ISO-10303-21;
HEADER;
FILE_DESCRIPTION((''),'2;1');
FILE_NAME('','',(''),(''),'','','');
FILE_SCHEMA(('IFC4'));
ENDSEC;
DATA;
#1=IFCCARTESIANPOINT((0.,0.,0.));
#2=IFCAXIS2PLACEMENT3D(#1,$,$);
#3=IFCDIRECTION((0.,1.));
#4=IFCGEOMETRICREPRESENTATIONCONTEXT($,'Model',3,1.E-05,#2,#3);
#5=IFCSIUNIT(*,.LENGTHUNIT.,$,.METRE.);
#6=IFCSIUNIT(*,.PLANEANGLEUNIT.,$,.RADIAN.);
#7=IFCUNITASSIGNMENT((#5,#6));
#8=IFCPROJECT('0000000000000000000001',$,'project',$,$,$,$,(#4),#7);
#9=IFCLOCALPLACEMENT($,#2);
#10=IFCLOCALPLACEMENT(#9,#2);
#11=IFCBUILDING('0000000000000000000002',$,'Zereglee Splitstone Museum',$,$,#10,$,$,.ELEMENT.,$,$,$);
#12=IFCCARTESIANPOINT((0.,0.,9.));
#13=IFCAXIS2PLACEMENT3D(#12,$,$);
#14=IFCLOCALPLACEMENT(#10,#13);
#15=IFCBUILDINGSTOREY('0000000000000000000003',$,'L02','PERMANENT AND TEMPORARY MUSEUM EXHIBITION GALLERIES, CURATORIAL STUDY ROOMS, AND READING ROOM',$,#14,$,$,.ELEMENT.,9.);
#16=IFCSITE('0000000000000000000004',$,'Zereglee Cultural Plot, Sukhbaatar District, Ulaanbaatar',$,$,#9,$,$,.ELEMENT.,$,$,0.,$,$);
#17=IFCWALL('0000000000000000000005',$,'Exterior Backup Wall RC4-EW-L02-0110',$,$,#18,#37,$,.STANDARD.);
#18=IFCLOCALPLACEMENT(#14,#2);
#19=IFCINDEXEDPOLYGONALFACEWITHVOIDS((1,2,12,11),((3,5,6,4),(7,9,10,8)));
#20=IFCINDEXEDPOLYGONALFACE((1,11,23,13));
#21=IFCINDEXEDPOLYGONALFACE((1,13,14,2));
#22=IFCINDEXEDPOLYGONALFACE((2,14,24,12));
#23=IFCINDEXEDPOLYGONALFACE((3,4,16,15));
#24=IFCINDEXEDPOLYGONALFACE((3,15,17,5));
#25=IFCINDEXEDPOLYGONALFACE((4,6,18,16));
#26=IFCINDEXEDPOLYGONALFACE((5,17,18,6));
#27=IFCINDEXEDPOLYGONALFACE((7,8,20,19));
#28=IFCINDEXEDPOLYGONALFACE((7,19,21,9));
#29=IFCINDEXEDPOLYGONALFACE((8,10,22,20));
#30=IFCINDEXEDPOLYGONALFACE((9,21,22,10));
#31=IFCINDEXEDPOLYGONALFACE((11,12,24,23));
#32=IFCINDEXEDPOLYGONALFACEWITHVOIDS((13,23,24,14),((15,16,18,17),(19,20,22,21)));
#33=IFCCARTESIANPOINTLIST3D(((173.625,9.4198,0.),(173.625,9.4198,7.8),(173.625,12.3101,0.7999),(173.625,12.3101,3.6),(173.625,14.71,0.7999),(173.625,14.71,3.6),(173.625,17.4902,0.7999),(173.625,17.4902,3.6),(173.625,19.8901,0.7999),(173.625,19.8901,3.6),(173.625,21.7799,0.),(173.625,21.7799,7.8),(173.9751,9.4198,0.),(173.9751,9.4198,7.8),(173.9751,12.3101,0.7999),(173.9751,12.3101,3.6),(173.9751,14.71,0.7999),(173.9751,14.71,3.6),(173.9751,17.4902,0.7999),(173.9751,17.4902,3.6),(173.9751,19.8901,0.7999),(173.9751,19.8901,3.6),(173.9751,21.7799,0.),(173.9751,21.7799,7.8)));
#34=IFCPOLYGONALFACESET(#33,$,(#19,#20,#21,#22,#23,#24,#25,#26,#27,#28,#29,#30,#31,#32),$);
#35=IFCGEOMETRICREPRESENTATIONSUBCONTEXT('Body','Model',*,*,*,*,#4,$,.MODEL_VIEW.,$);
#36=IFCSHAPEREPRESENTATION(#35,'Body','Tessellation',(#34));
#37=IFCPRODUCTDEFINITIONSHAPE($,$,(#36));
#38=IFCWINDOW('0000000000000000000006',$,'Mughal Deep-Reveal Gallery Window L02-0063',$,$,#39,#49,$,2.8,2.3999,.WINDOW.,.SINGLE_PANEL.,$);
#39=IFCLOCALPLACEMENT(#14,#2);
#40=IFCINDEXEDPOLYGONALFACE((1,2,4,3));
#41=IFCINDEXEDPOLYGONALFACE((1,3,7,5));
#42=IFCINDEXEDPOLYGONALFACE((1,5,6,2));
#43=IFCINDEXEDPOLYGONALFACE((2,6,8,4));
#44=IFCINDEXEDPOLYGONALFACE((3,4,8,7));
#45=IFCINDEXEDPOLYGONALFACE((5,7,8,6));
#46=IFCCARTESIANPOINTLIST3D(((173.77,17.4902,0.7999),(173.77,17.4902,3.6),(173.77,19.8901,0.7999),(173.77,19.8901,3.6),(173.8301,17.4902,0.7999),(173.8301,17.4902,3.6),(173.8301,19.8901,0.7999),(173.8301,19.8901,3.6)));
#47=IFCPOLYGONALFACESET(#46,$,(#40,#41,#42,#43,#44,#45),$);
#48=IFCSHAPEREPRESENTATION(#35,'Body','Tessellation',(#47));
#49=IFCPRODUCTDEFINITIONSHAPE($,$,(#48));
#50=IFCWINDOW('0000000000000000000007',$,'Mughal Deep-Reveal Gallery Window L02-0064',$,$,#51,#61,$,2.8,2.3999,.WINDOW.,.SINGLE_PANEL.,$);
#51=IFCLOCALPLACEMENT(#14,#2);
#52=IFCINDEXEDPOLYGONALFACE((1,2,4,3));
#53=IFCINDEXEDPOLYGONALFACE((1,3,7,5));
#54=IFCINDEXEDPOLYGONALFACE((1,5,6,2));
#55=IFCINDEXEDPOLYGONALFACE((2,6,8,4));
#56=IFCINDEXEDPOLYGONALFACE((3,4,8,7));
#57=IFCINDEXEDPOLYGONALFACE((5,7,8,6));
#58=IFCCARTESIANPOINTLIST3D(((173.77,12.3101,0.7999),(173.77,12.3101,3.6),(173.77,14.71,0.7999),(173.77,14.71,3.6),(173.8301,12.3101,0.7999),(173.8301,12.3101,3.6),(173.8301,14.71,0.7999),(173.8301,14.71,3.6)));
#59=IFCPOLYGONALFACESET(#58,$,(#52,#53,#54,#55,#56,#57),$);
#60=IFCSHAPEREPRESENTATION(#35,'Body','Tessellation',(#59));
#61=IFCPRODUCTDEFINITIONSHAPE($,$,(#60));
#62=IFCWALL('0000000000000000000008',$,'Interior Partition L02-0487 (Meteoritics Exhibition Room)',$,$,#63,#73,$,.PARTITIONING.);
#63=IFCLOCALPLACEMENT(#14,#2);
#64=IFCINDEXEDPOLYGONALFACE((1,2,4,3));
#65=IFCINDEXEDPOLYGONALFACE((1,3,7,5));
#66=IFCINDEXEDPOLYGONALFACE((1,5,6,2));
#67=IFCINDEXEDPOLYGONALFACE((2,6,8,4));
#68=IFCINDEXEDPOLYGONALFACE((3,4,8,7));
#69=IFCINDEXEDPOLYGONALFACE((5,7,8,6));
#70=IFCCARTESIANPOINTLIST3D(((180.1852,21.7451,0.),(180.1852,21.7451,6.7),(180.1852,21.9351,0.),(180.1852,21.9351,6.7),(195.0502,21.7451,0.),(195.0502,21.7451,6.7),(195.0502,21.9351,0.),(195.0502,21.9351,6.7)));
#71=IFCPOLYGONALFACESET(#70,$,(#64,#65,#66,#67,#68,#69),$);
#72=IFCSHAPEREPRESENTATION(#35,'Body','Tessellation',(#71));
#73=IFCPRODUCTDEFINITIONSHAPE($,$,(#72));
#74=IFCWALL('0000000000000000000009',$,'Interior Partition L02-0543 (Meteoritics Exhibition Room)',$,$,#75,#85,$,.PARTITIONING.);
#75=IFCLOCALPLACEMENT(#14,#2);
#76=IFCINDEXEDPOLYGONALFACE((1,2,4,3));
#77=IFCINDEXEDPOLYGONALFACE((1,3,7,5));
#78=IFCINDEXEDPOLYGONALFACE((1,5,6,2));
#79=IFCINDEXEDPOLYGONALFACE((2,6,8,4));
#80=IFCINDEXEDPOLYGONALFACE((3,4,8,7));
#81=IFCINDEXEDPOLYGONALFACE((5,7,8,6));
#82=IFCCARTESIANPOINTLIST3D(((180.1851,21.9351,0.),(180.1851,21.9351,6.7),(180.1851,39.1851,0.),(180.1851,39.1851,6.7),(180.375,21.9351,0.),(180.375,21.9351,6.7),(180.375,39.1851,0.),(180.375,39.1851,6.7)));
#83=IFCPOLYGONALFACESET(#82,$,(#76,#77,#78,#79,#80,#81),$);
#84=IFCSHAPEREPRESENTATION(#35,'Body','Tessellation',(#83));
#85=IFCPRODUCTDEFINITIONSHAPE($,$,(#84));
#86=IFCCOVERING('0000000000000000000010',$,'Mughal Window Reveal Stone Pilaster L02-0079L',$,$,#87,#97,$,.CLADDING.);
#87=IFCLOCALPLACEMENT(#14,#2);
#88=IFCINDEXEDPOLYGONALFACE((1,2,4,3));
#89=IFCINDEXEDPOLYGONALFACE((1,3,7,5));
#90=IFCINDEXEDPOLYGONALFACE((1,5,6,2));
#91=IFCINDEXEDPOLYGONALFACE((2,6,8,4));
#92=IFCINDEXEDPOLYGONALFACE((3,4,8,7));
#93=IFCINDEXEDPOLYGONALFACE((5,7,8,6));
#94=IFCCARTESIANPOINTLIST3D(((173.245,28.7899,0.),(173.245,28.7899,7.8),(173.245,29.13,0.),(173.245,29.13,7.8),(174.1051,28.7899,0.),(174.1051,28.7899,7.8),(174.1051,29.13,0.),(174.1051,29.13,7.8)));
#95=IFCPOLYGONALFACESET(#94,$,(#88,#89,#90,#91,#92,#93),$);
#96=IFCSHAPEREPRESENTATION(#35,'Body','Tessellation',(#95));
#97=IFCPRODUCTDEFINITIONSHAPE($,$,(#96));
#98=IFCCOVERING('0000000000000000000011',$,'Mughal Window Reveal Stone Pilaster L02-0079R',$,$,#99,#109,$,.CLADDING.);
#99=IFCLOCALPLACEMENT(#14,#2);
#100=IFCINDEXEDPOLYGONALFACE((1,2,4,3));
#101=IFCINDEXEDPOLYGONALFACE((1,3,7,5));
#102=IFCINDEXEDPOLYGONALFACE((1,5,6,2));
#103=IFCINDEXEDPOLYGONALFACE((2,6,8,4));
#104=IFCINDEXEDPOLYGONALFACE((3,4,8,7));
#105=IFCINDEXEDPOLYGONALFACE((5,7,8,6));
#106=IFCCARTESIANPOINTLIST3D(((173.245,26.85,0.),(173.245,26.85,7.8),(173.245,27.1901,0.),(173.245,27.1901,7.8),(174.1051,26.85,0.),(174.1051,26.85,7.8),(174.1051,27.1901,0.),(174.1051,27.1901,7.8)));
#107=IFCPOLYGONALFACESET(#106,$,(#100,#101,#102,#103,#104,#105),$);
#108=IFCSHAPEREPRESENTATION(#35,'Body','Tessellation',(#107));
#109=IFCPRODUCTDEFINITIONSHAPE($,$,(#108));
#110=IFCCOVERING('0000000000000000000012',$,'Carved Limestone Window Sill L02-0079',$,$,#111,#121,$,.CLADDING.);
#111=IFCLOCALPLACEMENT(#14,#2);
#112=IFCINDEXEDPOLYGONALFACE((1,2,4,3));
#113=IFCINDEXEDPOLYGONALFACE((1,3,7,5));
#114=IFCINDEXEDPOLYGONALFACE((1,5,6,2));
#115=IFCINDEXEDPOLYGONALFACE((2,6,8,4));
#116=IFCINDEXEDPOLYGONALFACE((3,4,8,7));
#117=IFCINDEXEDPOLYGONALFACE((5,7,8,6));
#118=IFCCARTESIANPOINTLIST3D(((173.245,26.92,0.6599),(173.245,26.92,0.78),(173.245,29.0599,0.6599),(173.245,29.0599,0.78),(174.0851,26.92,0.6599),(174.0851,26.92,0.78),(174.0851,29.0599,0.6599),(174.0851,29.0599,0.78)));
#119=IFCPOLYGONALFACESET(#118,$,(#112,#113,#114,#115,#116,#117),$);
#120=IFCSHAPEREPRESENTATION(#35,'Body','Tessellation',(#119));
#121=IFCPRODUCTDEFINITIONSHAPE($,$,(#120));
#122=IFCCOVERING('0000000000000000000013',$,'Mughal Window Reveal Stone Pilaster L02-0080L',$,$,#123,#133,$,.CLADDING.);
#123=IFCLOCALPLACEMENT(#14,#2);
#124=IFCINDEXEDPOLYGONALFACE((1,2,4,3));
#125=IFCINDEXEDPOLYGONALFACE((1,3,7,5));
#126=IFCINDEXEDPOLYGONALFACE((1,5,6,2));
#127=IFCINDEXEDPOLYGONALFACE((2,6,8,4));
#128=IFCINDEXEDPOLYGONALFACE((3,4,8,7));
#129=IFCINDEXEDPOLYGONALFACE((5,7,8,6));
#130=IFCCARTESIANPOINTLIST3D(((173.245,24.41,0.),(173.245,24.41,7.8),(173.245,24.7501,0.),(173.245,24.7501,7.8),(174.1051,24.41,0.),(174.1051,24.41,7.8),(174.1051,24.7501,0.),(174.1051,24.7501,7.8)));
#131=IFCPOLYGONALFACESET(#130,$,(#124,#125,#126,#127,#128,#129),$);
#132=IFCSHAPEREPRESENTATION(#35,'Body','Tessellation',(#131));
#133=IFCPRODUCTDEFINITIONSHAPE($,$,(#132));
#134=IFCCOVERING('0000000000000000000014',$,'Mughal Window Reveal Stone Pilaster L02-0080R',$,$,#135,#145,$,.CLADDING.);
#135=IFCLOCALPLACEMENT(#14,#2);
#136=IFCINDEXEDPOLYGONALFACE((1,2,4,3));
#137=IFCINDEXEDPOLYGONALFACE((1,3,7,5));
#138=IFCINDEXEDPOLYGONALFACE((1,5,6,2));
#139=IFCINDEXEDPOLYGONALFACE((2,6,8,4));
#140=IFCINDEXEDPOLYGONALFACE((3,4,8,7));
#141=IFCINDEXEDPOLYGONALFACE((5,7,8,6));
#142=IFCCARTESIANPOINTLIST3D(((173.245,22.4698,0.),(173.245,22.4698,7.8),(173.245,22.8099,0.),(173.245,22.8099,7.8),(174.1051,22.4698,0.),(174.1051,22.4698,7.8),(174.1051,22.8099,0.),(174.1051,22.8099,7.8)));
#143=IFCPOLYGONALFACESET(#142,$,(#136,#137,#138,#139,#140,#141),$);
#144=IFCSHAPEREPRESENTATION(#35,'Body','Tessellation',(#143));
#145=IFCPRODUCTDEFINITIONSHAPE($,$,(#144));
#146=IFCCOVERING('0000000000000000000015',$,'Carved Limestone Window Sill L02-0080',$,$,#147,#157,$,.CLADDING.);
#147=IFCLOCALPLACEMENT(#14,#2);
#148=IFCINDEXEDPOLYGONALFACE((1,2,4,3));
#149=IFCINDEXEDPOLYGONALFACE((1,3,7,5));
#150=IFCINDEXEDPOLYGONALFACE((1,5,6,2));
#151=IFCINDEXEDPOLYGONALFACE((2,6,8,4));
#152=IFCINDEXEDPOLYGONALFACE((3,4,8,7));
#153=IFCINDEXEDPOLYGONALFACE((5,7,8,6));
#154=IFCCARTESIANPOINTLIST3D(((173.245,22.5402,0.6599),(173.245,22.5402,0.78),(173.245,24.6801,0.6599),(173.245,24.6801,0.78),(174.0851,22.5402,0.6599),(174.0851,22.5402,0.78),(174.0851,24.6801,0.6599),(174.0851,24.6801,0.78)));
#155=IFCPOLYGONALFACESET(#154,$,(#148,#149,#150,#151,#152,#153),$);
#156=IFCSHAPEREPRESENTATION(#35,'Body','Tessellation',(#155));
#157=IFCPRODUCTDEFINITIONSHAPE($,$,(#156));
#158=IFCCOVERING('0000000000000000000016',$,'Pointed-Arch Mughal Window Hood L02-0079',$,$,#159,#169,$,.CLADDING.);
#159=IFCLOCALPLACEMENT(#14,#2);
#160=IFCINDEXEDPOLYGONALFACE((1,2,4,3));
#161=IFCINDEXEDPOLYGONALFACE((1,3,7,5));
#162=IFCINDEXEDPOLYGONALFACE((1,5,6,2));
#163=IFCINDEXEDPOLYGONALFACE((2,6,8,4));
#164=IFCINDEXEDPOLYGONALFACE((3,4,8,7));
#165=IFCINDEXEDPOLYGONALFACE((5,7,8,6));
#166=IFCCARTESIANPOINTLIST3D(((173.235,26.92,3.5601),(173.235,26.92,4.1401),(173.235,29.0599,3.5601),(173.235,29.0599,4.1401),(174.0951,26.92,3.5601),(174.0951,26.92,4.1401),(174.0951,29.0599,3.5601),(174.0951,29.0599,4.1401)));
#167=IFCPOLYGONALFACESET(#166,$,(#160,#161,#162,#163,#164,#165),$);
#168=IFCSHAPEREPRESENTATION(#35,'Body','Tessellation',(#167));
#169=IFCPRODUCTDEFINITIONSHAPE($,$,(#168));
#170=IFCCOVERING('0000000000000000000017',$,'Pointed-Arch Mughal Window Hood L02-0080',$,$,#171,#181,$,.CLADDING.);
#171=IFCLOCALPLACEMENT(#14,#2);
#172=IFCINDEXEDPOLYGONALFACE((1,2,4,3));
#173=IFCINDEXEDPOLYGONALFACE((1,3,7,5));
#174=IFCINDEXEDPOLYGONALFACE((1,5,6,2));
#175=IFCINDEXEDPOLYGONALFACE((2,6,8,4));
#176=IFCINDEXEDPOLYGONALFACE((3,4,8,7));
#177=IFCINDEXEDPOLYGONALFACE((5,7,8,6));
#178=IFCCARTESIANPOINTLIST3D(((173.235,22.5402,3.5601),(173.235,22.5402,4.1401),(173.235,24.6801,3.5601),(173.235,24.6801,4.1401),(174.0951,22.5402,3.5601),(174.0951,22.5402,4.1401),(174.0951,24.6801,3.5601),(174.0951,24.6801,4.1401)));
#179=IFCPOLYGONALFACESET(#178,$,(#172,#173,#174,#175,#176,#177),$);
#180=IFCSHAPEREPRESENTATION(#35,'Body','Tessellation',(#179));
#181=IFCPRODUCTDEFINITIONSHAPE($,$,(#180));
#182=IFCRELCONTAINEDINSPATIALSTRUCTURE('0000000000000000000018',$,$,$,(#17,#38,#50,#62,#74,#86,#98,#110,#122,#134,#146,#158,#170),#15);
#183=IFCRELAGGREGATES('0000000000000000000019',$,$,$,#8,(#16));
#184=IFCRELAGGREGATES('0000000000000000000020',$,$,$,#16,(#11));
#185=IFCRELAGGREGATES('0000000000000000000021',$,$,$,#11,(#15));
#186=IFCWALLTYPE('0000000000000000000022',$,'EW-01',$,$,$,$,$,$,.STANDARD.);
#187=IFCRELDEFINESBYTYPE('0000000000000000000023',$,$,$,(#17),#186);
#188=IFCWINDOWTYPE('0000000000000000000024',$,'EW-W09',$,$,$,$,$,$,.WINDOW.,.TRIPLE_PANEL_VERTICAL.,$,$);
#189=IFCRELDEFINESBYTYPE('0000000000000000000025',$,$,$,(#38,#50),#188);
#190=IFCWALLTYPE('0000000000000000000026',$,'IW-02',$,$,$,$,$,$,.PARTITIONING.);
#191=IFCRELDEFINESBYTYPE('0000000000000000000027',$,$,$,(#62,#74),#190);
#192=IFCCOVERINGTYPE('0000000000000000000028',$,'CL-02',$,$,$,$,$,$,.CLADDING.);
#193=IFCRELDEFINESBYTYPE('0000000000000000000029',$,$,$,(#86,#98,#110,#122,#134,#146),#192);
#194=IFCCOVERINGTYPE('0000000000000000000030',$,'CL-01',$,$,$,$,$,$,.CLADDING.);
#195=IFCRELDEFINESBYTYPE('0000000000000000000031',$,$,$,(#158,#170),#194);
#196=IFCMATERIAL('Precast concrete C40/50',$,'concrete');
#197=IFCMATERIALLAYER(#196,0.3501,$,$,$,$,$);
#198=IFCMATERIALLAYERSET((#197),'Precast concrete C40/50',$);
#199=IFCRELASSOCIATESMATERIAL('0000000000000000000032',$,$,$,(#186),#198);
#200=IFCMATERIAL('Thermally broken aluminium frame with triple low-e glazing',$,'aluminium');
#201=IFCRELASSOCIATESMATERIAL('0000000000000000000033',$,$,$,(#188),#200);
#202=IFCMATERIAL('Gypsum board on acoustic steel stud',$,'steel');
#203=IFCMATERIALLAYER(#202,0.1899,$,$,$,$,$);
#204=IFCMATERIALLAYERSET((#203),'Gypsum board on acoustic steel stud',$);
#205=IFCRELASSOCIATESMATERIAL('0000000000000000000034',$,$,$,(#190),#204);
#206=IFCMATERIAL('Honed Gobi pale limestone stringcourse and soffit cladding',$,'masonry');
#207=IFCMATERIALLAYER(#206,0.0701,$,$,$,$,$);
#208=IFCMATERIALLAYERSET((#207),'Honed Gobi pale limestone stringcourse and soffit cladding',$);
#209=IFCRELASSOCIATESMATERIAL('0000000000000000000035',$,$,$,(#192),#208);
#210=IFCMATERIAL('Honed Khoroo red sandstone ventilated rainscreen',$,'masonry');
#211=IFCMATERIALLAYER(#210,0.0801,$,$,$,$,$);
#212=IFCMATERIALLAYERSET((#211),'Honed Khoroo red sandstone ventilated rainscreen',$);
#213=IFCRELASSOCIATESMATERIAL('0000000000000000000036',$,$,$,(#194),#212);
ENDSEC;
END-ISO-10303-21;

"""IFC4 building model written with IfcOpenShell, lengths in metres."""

from ifc_helpers import new_model, si_unit, direction, frame, frame_2d, origin, origin_2d, place, context, subcontext, project, spatial, rectangle, extrude, material, layer, layer_set, type_object, element, fill, save


model = new_model("IFC4")

# Units and contexts
model_context = context("Model", 3, precision=1e-05, world=origin(), true_north=direction((0.0, 1.0)))
body_context = subcontext(model_context, "Body", "Model", "MODEL_VIEW")
ifc_project = project(units=[si_unit("LENGTHUNIT", "METRE"), si_unit("PLANEANGLEUNIT", "RADIAN")], contexts=[model_context])

# Site, building, storey
site_placement = place(None, origin())
site = spatial("IfcSite", under=ifc_project, at=site_placement, Name="Zereglee Cultural Plot, Sukhbaatar District, Ulaanbaatar", CompositionType="ELEMENT", RefElevation=0.0)
building_placement = place(site_placement, origin())
building = spatial("IfcBuilding", under=site, at=building_placement, Name="Zereglee Splitstone Museum", CompositionType="ELEMENT")
storey_placement = place(building_placement, frame((0.0, 0.0, 9.0)))
storey = spatial("IfcBuildingStorey", under=building, at=storey_placement, Name="L02", Description="PERMANENT AND TEMPORARY MUSEUM EXHIBITION GALLERIES, CURATORIAL STUDY ROOMS, AND READING ROOM", CompositionType="ELEMENT", Elevation=9.0)

# Wall, openings, windows
ifc_material_1 = material(Name="Precast concrete C40/50", Category="concrete")
ifc_layer_1 = layer(ifc_material_1, 0.3501)
ifc_layer_set_1 = layer_set([ifc_layer_1], Name="Precast concrete C40/50")
wall_type_1 = type_object("IfcWallType", Name="EW-01", PredefinedType="STANDARD", material=ifc_layer_set_1)
wall_1_placement = place(storey_placement, frame((173.8, 21.78, 0.0), z_axis=(0.0, 0.0, 1.0), x_axis=(0.0, -1.0, 0.0)))
wall_1 = element("IfcWall", 1, at=wall_1_placement, inside=storey, type_object=wall_type_1, Name="Exterior Backup Wall RC4-EW-L02-0110", PredefinedType="STANDARD", context=body_context, shape_type="SweptSolid", body=[
    extrude(rectangle(XDim=12.3601, YDim=0.3501, at=frame_2d((6.1802, 0.0))), origin(), (0.0, 0.0, 1.0), 7.8),
])
opening_1_placement = place(wall_1_placement, frame((1.8899, 0.0, 0.8)))
opening_1 = element("IfcOpeningElement", 2, at=opening_1_placement, cuts=wall_1, PredefinedType="OPENING", context=body_context, shape_type="SweptSolid", body=[
    extrude(rectangle(XDim=2.3999, YDim=2.8, at=frame_2d((1.2, 1.3999))), frame((0.0, 0.1899, 0.0), z_axis=(0.0, -1.0, 0.0), x_axis=(1.0, 0.0, 0.0)), (0.0, 0.0, 1.0), 0.3799),
])
opening_2_placement = place(wall_1_placement, frame((7.0701, 0.0, 0.8)))
opening_2 = element("IfcOpeningElement", 3, at=opening_2_placement, cuts=wall_1, PredefinedType="OPENING", context=body_context, shape_type="SweptSolid", body=[
    extrude(rectangle(XDim=2.3999, YDim=2.8, at=frame_2d((1.2, 1.3999))), frame((0.0, 0.1899, 0.0), z_axis=(0.0, -1.0, 0.0), x_axis=(1.0, 0.0, 0.0)), (0.0, 0.0, 1.0), 0.3799),
])
ifc_material_2 = material(Name="Thermally broken aluminium frame with triple low-e glazing", Category="aluminium")
window_type = type_object("IfcWindowType", Name="EW-W09", PartitioningType="TRIPLE_PANEL_VERTICAL", PredefinedType="WINDOW", material=ifc_material_2)
window_1_placement = place(opening_1_placement, origin())
window_1 = element("IfcWindow", 4, at=window_1_placement, inside=storey, type_object=window_type, Name="Mughal Deep-Reveal Gallery Window L02-0063", OverallHeight=2.8, OverallWidth=2.3999, PartitioningType="SINGLE_PANEL", PredefinedType="WINDOW", context=body_context, shape_type="SweptSolid", body=[
    extrude(rectangle(XDim=2.3999, YDim=2.8, at=frame_2d((1.2, 1.3999))), frame((0.0, 0.03, 0.0), z_axis=(0.0, -1.0, 0.0), x_axis=(1.0, 0.0, 0.0)), (0.0, 0.0, 1.0), 0.0601),
])
fill(opening_1, window_1)
window_2_placement = place(opening_2_placement, origin())
window_2 = element("IfcWindow", 5, at=window_2_placement, inside=storey, type_object=window_type, Name="Mughal Deep-Reveal Gallery Window L02-0064", OverallHeight=2.8, OverallWidth=2.3999, PartitioningType="SINGLE_PANEL", PredefinedType="WINDOW", context=body_context, shape_type="SweptSolid", body=[
    extrude(rectangle(XDim=2.3999, YDim=2.8, at=frame_2d((1.2, 1.3999))), frame((0.0, 0.03, 0.0), z_axis=(0.0, -1.0, 0.0), x_axis=(1.0, 0.0, 0.0)), (0.0, 0.0, 1.0), 0.0601),
])
fill(opening_2, window_2)

# Walls
ifc_material_3 = material(Name="Gypsum board on acoustic steel stud", Category="steel")
ifc_layer_2 = layer(ifc_material_3, 0.1899)
ifc_layer_set_2 = layer_set([ifc_layer_2], Name="Gypsum board on acoustic steel stud")
wall_type_2 = type_object("IfcWallType", Name="IW-02", PredefinedType="PARTITIONING", material=ifc_layer_set_2)
wall_2_placement = place(storey_placement, frame((180.1851, 21.8401, 0.0), z_axis=(0.0, 0.0, 1.0), x_axis=(1.0, 0.0, 0.0)))
element("IfcWall", 6, at=wall_2_placement, inside=storey, type_object=wall_type_2, Name="Interior Partition L02-0487 (Meteoritics Exhibition Room)", PredefinedType="PARTITIONING", context=body_context, shape_type="SweptSolid", body=[
    extrude(rectangle(XDim=14.865, YDim=0.1899, at=frame_2d((7.4326, 0.0))), origin(), (0.0, 0.0, 1.0), 6.7),
])
wall_3_placement = place(storey_placement, frame((180.28, 21.9351, 0.0), z_axis=(0.0, 0.0, 1.0), x_axis=(0.0, 1.0, 0.0)))
element("IfcWall", 7, at=wall_3_placement, inside=storey, type_object=wall_type_2, Name="Interior Partition L02-0543 (Meteoritics Exhibition Room)", PredefinedType="PARTITIONING", context=body_context, shape_type="SweptSolid", body=[
    extrude(rectangle(XDim=17.25, YDim=0.1899, at=frame_2d((8.625, 0.0))), origin(), (0.0, 0.0, 1.0), 6.7),
])

# Coverings
ifc_material_4 = material(Name="Honed Gobi pale limestone stringcourse and soffit cladding", Category="masonry")
ifc_layer_3 = layer(ifc_material_4, 0.0701)
ifc_layer_set_3 = layer_set([ifc_layer_3], Name="Honed Gobi pale limestone stringcourse and soffit cladding")
covering_type_1 = type_object("IfcCoveringType", Name="CL-02", PredefinedType="CLADDING", material=ifc_layer_set_3)
for number, where, z_axis, x_axis, name in (
    (8, (173.675, 28.96, 0.0), (0.0, 0.0, 1.0), (0.0, -1.0, 0.0), "Mughal Window Reveal Stone Pilaster L02-0079L"),
    (9, (173.675, 27.02, 0.0), (0.0, 0.0, 1.0), (0.0, -1.0, 0.0), "Mughal Window Reveal Stone Pilaster L02-0079R"),
):
    element("IfcCovering", number, at=place(storey_placement, frame(where, z_axis=z_axis, x_axis=x_axis)), inside=storey, type_object=covering_type_1, Name=name, PredefinedType="CLADDING", context=body_context, shape_type="SweptSolid", body=[
        extrude(rectangle(XDim=0.3401, YDim=0.8601, at=origin_2d()), origin(), (0.0, 0.0, 1.0), 7.8),
    ])
covering_1_placement = place(storey_placement, frame((173.665, 27.99, 0.6599), z_axis=(0.0, 0.0, 1.0), x_axis=(0.0, -1.0, 0.0)))
element("IfcCovering", 10, at=covering_1_placement, inside=storey, type_object=covering_type_1, Name="Carved Limestone Window Sill L02-0079", PredefinedType="CLADDING", context=body_context, shape_type="SweptSolid", body=[
    extrude(rectangle(XDim=2.1399, YDim=0.8401, at=origin_2d()), origin(), (0.0, 0.0, 1.0), 0.1201),
])
for number, where, z_axis, x_axis, name in (
    (11, (173.675, 24.5801, 0.0), (0.0, 0.0, 1.0), (0.0, -1.0, 0.0), "Mughal Window Reveal Stone Pilaster L02-0080L"),
    (12, (173.675, 22.6399, 0.0), (0.0, 0.0, 1.0), (0.0, -1.0, 0.0), "Mughal Window Reveal Stone Pilaster L02-0080R"),
):
    element("IfcCovering", number, at=place(storey_placement, frame(where, z_axis=z_axis, x_axis=x_axis)), inside=storey, type_object=covering_type_1, Name=name, PredefinedType="CLADDING", context=body_context, shape_type="SweptSolid", body=[
        extrude(rectangle(XDim=0.3401, YDim=0.8601, at=origin_2d()), origin(), (0.0, 0.0, 1.0), 7.8),
    ])
covering_2_placement = place(storey_placement, frame((173.665, 23.6101, 0.6599), z_axis=(0.0, 0.0, 1.0), x_axis=(0.0, -1.0, 0.0)))
element("IfcCovering", 13, at=covering_2_placement, inside=storey, type_object=covering_type_1, Name="Carved Limestone Window Sill L02-0080", PredefinedType="CLADDING", context=body_context, shape_type="SweptSolid", body=[
    extrude(rectangle(XDim=2.1399, YDim=0.8401, at=origin_2d()), origin(), (0.0, 0.0, 1.0), 0.1201),
])
ifc_material_5 = material(Name="Honed Khoroo red sandstone ventilated rainscreen", Category="masonry")
ifc_layer_4 = layer(ifc_material_5, 0.0801)
ifc_layer_set_4 = layer_set([ifc_layer_4], Name="Honed Khoroo red sandstone ventilated rainscreen")
covering_type_2 = type_object("IfcCoveringType", Name="CL-01", PredefinedType="CLADDING", material=ifc_layer_set_4)
for number, where, z_axis, x_axis, name in (
    (14, (173.665, 27.99, 3.5601), (0.0, 0.0, 1.0), (0.0, -1.0, 0.0), "Pointed-Arch Mughal Window Hood L02-0079"),
    (15, (173.665, 23.6101, 3.5601), (0.0, 0.0, 1.0), (0.0, -1.0, 0.0), "Pointed-Arch Mughal Window Hood L02-0080"),
):
    element("IfcCovering", number, at=place(storey_placement, frame(where, z_axis=z_axis, x_axis=x_axis)), inside=storey, type_object=covering_type_2, Name=name, PredefinedType="CLADDING", context=body_context, shape_type="SweptSolid", body=[
        extrude(rectangle(XDim=2.1399, YDim=0.8601, at=origin_2d()), origin(), (0.0, 0.0, 1.0), 0.5801),
    ])

save(model, "model.ifc")
